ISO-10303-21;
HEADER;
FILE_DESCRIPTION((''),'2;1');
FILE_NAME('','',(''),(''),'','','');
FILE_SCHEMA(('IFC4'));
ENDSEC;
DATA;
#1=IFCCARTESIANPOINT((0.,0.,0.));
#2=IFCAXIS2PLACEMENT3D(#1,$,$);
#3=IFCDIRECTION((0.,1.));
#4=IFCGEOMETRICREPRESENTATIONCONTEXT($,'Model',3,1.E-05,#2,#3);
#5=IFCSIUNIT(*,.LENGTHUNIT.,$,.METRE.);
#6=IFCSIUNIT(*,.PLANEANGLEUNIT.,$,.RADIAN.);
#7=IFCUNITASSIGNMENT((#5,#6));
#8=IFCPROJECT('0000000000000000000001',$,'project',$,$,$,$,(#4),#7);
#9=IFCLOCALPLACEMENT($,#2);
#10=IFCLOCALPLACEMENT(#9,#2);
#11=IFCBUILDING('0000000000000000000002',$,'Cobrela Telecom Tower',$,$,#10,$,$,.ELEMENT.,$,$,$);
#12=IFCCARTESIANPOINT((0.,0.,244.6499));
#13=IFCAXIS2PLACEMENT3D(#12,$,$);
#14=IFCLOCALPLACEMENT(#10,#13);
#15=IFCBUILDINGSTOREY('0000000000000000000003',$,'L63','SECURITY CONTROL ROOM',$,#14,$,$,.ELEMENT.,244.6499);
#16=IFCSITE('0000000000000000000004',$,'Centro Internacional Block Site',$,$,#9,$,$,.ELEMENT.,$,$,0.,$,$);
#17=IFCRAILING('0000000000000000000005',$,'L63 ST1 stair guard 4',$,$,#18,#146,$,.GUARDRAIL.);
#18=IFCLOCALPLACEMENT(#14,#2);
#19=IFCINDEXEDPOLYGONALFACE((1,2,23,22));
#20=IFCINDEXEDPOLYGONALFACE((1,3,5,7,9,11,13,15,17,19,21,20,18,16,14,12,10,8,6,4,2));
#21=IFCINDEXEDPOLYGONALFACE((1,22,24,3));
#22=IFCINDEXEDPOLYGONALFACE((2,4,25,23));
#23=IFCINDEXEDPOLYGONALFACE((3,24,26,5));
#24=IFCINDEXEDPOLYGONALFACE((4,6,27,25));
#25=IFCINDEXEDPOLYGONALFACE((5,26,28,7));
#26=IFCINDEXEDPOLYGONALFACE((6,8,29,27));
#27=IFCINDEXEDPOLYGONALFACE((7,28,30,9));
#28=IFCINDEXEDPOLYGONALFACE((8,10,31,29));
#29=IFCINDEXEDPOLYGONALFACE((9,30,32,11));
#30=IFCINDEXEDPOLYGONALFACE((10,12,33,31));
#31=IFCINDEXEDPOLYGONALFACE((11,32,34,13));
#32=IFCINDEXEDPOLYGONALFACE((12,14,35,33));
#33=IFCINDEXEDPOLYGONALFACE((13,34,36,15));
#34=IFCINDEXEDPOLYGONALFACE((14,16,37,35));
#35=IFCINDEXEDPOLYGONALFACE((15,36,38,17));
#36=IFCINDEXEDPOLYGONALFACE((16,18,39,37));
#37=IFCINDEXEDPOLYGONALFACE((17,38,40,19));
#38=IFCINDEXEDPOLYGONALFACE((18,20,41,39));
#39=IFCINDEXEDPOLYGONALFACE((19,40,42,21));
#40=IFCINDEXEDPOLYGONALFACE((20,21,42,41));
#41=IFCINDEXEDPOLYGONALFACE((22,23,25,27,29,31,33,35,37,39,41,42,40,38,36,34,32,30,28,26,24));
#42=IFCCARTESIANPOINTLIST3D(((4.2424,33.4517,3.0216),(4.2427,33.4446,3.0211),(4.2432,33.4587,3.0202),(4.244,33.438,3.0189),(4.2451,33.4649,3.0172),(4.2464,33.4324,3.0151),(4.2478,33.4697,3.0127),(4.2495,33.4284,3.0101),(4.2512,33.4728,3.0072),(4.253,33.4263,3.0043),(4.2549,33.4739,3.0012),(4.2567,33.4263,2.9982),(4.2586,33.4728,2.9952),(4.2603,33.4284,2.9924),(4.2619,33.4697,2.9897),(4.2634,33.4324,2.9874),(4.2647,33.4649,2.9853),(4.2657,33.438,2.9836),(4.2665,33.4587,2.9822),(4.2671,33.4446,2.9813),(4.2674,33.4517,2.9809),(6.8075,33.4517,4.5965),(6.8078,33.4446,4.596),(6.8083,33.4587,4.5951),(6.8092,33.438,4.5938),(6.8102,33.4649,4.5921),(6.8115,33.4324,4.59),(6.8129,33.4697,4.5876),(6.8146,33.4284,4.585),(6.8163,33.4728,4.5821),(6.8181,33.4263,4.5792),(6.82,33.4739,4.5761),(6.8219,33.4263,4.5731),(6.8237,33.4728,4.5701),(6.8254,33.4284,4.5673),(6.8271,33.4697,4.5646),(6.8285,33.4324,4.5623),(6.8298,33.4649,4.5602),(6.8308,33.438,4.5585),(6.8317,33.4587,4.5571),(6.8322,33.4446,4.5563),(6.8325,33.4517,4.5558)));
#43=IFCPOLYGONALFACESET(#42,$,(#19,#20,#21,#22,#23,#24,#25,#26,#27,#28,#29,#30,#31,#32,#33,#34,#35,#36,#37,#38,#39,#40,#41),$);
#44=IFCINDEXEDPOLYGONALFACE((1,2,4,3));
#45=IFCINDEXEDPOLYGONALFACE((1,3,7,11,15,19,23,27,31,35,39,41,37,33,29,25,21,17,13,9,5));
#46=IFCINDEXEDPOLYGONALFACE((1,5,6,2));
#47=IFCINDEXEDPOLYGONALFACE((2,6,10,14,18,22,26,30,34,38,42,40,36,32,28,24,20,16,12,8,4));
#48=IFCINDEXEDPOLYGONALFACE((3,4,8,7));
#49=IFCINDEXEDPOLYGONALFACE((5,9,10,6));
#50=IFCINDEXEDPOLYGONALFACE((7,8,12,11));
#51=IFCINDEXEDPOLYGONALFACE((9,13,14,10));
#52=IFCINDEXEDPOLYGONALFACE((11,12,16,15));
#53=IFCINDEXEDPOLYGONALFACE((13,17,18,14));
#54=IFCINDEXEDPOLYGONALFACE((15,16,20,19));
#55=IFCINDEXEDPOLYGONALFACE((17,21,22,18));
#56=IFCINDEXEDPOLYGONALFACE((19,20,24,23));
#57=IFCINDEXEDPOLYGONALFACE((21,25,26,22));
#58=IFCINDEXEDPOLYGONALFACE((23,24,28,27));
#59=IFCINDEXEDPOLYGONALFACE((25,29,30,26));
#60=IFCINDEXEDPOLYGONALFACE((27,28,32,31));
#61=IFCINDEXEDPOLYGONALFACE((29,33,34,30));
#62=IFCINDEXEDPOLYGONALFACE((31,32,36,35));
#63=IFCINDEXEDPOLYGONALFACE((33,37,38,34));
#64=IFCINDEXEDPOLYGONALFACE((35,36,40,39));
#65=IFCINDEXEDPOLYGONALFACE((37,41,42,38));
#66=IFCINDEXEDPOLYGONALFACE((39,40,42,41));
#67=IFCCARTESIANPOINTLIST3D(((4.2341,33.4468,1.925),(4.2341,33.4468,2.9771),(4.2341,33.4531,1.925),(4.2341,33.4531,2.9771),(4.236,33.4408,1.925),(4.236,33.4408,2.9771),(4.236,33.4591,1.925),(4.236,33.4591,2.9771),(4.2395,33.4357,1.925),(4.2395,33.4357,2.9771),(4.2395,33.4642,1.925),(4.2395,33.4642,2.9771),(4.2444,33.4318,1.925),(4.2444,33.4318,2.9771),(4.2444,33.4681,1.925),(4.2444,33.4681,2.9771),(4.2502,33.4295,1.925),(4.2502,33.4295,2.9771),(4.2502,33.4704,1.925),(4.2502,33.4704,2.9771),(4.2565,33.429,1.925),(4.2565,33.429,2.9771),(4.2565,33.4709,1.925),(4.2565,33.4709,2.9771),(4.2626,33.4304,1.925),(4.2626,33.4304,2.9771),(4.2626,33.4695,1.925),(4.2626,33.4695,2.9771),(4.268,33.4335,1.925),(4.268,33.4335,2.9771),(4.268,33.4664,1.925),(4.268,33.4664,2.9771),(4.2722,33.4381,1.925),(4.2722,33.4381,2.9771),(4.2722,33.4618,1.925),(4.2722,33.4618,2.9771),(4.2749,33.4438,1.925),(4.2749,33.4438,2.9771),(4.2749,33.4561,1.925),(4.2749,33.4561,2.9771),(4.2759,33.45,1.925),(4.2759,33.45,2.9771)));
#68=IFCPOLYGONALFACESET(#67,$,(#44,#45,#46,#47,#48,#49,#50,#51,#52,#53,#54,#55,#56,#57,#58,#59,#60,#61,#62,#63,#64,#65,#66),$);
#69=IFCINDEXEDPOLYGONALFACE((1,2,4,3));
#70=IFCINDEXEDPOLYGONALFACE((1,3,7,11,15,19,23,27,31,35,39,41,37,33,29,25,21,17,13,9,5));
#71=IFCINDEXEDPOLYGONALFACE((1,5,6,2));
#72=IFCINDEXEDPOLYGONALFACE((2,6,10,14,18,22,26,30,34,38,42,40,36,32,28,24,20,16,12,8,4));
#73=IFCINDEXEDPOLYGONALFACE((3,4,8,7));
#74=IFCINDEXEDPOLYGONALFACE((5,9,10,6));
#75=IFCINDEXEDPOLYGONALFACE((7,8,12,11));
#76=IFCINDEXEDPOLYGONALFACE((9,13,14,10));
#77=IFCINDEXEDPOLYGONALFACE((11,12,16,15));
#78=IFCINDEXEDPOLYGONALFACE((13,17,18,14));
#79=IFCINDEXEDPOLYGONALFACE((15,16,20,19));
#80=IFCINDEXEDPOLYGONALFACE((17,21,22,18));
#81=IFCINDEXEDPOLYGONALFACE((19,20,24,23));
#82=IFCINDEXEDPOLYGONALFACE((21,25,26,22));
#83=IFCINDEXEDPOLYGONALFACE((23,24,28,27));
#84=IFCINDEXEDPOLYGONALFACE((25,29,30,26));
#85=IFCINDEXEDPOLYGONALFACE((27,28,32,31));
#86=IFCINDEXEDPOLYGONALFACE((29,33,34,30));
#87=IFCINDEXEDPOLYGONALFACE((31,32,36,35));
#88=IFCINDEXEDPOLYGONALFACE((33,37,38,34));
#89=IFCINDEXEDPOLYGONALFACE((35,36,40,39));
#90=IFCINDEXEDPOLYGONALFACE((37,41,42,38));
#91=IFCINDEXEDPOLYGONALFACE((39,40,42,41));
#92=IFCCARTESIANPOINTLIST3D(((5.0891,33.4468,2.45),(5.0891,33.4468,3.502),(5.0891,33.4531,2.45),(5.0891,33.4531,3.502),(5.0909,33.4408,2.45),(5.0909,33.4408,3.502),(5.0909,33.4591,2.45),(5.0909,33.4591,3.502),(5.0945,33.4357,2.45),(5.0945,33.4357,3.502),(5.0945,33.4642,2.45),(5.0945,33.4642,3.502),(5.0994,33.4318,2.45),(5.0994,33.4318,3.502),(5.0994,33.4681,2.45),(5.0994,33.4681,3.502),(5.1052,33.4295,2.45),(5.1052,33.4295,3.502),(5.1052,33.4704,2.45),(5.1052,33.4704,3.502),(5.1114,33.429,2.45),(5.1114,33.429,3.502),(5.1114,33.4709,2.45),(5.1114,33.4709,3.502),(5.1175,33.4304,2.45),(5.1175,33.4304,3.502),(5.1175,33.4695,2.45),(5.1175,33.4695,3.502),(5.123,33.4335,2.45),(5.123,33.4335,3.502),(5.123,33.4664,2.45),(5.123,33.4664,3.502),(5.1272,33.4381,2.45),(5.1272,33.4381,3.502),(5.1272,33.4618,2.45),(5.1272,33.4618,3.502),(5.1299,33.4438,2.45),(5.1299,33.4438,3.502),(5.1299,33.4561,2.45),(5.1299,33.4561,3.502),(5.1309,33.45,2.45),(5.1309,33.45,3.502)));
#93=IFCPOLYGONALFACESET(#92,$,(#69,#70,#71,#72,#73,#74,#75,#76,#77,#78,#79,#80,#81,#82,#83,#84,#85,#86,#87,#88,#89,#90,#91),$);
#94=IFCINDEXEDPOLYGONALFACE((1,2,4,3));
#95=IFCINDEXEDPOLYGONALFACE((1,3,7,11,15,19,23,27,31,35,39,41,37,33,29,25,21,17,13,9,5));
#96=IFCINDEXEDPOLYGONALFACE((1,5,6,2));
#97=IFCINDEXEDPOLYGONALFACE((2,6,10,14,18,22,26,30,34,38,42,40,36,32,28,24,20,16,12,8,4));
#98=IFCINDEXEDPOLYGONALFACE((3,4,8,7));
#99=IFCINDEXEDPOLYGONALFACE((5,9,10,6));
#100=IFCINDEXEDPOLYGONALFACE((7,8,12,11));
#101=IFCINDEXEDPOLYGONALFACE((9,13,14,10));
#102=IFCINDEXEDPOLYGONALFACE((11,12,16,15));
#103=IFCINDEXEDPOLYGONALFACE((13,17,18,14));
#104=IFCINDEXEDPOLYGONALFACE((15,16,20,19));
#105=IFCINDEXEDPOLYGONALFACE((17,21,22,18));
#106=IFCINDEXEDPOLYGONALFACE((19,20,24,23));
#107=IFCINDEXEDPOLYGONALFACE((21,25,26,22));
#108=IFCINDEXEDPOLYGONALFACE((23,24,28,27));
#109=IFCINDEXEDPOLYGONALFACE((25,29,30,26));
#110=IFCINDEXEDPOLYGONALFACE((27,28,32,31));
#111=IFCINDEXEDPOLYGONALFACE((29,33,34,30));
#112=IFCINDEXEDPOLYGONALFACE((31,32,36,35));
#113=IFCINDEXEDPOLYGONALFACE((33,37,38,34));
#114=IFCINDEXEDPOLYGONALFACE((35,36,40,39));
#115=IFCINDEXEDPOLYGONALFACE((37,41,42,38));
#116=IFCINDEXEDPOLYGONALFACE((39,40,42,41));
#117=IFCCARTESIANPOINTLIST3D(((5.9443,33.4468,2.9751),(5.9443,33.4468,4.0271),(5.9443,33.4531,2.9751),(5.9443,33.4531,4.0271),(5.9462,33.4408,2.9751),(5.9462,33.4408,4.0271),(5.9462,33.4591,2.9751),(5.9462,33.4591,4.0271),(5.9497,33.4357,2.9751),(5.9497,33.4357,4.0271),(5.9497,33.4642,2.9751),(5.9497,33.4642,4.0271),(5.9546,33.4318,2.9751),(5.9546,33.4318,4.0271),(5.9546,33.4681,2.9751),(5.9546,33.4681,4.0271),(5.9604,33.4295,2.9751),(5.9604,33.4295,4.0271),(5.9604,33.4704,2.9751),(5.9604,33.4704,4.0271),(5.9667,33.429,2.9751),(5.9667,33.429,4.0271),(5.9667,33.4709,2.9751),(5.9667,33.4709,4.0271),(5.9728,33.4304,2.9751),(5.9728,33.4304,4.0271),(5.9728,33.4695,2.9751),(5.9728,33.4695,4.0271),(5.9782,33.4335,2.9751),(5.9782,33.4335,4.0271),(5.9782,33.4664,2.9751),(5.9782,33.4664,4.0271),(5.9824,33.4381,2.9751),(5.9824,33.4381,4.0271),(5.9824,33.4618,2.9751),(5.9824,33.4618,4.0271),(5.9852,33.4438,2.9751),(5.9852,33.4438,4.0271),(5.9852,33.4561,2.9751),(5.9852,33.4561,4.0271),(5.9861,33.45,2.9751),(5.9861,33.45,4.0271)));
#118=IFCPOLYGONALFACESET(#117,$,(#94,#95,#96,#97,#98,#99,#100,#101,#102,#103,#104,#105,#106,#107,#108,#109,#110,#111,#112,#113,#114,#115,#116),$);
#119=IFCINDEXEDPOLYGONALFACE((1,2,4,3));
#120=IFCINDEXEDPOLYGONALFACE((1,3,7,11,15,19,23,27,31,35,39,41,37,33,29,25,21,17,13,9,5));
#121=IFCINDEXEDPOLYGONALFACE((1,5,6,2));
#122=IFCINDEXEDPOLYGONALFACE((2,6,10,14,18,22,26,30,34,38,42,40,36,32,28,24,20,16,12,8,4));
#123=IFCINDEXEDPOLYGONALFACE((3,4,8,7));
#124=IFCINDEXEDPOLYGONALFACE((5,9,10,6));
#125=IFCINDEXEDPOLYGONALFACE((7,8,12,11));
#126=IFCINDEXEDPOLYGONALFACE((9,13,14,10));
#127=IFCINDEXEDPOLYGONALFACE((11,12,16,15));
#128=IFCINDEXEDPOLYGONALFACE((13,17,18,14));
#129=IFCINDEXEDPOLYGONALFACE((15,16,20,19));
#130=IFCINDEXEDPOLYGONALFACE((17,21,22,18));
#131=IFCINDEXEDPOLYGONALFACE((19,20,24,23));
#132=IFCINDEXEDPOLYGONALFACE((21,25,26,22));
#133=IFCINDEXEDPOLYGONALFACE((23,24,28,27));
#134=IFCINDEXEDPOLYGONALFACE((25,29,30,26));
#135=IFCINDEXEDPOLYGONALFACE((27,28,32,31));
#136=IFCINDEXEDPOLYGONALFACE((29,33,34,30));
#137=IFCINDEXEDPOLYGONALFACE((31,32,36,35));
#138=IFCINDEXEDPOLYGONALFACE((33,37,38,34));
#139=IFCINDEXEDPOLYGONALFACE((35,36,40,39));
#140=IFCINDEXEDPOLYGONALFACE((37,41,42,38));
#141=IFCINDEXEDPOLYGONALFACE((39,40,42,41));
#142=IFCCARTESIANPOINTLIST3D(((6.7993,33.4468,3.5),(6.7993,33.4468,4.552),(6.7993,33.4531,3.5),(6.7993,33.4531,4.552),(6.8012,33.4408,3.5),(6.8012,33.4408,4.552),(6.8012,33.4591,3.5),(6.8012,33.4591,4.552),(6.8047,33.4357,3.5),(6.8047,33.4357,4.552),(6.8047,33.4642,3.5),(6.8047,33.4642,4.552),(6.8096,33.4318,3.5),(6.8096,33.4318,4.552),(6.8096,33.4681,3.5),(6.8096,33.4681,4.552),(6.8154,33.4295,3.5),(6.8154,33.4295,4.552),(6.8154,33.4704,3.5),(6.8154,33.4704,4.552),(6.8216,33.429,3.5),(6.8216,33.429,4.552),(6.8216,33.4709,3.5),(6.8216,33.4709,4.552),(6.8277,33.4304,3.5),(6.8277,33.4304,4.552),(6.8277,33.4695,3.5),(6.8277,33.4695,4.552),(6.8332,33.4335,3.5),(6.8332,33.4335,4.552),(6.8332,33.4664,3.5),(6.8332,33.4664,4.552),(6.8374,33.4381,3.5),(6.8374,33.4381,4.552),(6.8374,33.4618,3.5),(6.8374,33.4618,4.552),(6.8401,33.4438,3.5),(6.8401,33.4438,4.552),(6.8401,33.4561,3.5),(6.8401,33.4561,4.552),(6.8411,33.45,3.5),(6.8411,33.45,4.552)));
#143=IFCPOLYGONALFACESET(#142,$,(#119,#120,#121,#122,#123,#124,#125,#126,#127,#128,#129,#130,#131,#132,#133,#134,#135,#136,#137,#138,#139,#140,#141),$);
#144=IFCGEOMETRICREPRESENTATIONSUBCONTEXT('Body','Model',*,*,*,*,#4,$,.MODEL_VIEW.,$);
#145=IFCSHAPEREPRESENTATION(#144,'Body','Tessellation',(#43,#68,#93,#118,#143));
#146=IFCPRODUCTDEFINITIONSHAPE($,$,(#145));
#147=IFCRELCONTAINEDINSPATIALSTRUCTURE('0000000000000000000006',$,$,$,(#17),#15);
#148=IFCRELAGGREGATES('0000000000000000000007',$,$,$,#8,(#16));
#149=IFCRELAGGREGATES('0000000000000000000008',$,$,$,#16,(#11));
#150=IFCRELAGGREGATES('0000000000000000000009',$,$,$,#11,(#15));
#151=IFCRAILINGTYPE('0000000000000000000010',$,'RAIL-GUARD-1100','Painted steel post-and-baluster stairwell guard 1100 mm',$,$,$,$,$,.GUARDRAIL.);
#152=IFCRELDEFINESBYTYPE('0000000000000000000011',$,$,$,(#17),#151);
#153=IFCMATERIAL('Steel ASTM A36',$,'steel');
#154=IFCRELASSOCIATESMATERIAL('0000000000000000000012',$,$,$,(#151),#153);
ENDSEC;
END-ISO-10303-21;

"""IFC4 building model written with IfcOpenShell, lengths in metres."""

from ifc_helpers import new_model, si_unit, direction, frame, origin, origin_2d, place, context, subcontext, project, spatial, circle, extrude, material, type_object, element, save


model = new_model("IFC4")

# Units and contexts
model_context = context("Model", 3, precision=1e-05, world=origin(), true_north=direction((0.0, 1.0)))
body_context = subcontext(model_context, "Body", "Model", "MODEL_VIEW")
ifc_project = project(units=[si_unit("LENGTHUNIT", "METRE"), si_unit("PLANEANGLEUNIT", "RADIAN")], contexts=[model_context])

# Site, building, storey
site_placement = place(None, origin())
site = spatial("IfcSite", under=ifc_project, at=site_placement, Name="Centro Internacional Block Site", CompositionType="ELEMENT", RefElevation=0.0)
building_placement = place(site_placement, origin())
building = spatial("IfcBuilding", under=site, at=building_placement, Name="Cobrela Telecom Tower", CompositionType="ELEMENT")
storey_placement = place(building_placement, frame((0.0, 0.0, 244.6499)))
storey = spatial("IfcBuildingStorey", under=building, at=storey_placement, Name="L63", Description="SECURITY CONTROL ROOM", CompositionType="ELEMENT", Elevation=244.6499)

# Shared definitions
ifc_material_1 = material(Name="Steel ASTM A36", Category="steel")

# Railing
railing_type_1 = type_object("IfcRailingType", Name="RAIL-GUARD-1100", Description="Painted steel post-and-baluster stairwell guard 1100 mm", PredefinedType="GUARDRAIL", material=ifc_material_1)
railing_1_placement = place(storey_placement, frame((4.2549, 33.45, 1.925)))
element("IfcRailing", 1, at=railing_1_placement, inside=storey, type_object=railing_type_1, Name="L63 ST1 stair guard 4", PredefinedType="GUARDRAIL", context=body_context, shape_type="SweptSolid", body=[
    extrude(circle(Radius=0.0239, at=origin_2d()), frame((0.0, 0.0, 1.0762), z_axis=(0.852195, 0.0, 0.523224), x_axis=(0.0, 1.0, 0.0)), (0.0, 0.0, 1.0), 3.01),
    extrude(circle(Radius=0.021, at=origin_2d()), origin(), (0.0, 0.0, 1.0), 1.052),
    extrude(circle(Radius=0.021, at=origin_2d()), frame((0.855, 0.0, 0.5249)), (0.0, 0.0, 1.0), 1.052),
    extrude(circle(Radius=0.021, at=origin_2d()), frame((1.7102, 0.0, 1.05)), (0.0, 0.0, 1.0), 1.052),
    extrude(circle(Radius=0.021, at=origin_2d()), frame((2.5652, 0.0, 1.575)), (0.0, 0.0, 1.0), 1.052),
])

save(model, "model.ifc")
